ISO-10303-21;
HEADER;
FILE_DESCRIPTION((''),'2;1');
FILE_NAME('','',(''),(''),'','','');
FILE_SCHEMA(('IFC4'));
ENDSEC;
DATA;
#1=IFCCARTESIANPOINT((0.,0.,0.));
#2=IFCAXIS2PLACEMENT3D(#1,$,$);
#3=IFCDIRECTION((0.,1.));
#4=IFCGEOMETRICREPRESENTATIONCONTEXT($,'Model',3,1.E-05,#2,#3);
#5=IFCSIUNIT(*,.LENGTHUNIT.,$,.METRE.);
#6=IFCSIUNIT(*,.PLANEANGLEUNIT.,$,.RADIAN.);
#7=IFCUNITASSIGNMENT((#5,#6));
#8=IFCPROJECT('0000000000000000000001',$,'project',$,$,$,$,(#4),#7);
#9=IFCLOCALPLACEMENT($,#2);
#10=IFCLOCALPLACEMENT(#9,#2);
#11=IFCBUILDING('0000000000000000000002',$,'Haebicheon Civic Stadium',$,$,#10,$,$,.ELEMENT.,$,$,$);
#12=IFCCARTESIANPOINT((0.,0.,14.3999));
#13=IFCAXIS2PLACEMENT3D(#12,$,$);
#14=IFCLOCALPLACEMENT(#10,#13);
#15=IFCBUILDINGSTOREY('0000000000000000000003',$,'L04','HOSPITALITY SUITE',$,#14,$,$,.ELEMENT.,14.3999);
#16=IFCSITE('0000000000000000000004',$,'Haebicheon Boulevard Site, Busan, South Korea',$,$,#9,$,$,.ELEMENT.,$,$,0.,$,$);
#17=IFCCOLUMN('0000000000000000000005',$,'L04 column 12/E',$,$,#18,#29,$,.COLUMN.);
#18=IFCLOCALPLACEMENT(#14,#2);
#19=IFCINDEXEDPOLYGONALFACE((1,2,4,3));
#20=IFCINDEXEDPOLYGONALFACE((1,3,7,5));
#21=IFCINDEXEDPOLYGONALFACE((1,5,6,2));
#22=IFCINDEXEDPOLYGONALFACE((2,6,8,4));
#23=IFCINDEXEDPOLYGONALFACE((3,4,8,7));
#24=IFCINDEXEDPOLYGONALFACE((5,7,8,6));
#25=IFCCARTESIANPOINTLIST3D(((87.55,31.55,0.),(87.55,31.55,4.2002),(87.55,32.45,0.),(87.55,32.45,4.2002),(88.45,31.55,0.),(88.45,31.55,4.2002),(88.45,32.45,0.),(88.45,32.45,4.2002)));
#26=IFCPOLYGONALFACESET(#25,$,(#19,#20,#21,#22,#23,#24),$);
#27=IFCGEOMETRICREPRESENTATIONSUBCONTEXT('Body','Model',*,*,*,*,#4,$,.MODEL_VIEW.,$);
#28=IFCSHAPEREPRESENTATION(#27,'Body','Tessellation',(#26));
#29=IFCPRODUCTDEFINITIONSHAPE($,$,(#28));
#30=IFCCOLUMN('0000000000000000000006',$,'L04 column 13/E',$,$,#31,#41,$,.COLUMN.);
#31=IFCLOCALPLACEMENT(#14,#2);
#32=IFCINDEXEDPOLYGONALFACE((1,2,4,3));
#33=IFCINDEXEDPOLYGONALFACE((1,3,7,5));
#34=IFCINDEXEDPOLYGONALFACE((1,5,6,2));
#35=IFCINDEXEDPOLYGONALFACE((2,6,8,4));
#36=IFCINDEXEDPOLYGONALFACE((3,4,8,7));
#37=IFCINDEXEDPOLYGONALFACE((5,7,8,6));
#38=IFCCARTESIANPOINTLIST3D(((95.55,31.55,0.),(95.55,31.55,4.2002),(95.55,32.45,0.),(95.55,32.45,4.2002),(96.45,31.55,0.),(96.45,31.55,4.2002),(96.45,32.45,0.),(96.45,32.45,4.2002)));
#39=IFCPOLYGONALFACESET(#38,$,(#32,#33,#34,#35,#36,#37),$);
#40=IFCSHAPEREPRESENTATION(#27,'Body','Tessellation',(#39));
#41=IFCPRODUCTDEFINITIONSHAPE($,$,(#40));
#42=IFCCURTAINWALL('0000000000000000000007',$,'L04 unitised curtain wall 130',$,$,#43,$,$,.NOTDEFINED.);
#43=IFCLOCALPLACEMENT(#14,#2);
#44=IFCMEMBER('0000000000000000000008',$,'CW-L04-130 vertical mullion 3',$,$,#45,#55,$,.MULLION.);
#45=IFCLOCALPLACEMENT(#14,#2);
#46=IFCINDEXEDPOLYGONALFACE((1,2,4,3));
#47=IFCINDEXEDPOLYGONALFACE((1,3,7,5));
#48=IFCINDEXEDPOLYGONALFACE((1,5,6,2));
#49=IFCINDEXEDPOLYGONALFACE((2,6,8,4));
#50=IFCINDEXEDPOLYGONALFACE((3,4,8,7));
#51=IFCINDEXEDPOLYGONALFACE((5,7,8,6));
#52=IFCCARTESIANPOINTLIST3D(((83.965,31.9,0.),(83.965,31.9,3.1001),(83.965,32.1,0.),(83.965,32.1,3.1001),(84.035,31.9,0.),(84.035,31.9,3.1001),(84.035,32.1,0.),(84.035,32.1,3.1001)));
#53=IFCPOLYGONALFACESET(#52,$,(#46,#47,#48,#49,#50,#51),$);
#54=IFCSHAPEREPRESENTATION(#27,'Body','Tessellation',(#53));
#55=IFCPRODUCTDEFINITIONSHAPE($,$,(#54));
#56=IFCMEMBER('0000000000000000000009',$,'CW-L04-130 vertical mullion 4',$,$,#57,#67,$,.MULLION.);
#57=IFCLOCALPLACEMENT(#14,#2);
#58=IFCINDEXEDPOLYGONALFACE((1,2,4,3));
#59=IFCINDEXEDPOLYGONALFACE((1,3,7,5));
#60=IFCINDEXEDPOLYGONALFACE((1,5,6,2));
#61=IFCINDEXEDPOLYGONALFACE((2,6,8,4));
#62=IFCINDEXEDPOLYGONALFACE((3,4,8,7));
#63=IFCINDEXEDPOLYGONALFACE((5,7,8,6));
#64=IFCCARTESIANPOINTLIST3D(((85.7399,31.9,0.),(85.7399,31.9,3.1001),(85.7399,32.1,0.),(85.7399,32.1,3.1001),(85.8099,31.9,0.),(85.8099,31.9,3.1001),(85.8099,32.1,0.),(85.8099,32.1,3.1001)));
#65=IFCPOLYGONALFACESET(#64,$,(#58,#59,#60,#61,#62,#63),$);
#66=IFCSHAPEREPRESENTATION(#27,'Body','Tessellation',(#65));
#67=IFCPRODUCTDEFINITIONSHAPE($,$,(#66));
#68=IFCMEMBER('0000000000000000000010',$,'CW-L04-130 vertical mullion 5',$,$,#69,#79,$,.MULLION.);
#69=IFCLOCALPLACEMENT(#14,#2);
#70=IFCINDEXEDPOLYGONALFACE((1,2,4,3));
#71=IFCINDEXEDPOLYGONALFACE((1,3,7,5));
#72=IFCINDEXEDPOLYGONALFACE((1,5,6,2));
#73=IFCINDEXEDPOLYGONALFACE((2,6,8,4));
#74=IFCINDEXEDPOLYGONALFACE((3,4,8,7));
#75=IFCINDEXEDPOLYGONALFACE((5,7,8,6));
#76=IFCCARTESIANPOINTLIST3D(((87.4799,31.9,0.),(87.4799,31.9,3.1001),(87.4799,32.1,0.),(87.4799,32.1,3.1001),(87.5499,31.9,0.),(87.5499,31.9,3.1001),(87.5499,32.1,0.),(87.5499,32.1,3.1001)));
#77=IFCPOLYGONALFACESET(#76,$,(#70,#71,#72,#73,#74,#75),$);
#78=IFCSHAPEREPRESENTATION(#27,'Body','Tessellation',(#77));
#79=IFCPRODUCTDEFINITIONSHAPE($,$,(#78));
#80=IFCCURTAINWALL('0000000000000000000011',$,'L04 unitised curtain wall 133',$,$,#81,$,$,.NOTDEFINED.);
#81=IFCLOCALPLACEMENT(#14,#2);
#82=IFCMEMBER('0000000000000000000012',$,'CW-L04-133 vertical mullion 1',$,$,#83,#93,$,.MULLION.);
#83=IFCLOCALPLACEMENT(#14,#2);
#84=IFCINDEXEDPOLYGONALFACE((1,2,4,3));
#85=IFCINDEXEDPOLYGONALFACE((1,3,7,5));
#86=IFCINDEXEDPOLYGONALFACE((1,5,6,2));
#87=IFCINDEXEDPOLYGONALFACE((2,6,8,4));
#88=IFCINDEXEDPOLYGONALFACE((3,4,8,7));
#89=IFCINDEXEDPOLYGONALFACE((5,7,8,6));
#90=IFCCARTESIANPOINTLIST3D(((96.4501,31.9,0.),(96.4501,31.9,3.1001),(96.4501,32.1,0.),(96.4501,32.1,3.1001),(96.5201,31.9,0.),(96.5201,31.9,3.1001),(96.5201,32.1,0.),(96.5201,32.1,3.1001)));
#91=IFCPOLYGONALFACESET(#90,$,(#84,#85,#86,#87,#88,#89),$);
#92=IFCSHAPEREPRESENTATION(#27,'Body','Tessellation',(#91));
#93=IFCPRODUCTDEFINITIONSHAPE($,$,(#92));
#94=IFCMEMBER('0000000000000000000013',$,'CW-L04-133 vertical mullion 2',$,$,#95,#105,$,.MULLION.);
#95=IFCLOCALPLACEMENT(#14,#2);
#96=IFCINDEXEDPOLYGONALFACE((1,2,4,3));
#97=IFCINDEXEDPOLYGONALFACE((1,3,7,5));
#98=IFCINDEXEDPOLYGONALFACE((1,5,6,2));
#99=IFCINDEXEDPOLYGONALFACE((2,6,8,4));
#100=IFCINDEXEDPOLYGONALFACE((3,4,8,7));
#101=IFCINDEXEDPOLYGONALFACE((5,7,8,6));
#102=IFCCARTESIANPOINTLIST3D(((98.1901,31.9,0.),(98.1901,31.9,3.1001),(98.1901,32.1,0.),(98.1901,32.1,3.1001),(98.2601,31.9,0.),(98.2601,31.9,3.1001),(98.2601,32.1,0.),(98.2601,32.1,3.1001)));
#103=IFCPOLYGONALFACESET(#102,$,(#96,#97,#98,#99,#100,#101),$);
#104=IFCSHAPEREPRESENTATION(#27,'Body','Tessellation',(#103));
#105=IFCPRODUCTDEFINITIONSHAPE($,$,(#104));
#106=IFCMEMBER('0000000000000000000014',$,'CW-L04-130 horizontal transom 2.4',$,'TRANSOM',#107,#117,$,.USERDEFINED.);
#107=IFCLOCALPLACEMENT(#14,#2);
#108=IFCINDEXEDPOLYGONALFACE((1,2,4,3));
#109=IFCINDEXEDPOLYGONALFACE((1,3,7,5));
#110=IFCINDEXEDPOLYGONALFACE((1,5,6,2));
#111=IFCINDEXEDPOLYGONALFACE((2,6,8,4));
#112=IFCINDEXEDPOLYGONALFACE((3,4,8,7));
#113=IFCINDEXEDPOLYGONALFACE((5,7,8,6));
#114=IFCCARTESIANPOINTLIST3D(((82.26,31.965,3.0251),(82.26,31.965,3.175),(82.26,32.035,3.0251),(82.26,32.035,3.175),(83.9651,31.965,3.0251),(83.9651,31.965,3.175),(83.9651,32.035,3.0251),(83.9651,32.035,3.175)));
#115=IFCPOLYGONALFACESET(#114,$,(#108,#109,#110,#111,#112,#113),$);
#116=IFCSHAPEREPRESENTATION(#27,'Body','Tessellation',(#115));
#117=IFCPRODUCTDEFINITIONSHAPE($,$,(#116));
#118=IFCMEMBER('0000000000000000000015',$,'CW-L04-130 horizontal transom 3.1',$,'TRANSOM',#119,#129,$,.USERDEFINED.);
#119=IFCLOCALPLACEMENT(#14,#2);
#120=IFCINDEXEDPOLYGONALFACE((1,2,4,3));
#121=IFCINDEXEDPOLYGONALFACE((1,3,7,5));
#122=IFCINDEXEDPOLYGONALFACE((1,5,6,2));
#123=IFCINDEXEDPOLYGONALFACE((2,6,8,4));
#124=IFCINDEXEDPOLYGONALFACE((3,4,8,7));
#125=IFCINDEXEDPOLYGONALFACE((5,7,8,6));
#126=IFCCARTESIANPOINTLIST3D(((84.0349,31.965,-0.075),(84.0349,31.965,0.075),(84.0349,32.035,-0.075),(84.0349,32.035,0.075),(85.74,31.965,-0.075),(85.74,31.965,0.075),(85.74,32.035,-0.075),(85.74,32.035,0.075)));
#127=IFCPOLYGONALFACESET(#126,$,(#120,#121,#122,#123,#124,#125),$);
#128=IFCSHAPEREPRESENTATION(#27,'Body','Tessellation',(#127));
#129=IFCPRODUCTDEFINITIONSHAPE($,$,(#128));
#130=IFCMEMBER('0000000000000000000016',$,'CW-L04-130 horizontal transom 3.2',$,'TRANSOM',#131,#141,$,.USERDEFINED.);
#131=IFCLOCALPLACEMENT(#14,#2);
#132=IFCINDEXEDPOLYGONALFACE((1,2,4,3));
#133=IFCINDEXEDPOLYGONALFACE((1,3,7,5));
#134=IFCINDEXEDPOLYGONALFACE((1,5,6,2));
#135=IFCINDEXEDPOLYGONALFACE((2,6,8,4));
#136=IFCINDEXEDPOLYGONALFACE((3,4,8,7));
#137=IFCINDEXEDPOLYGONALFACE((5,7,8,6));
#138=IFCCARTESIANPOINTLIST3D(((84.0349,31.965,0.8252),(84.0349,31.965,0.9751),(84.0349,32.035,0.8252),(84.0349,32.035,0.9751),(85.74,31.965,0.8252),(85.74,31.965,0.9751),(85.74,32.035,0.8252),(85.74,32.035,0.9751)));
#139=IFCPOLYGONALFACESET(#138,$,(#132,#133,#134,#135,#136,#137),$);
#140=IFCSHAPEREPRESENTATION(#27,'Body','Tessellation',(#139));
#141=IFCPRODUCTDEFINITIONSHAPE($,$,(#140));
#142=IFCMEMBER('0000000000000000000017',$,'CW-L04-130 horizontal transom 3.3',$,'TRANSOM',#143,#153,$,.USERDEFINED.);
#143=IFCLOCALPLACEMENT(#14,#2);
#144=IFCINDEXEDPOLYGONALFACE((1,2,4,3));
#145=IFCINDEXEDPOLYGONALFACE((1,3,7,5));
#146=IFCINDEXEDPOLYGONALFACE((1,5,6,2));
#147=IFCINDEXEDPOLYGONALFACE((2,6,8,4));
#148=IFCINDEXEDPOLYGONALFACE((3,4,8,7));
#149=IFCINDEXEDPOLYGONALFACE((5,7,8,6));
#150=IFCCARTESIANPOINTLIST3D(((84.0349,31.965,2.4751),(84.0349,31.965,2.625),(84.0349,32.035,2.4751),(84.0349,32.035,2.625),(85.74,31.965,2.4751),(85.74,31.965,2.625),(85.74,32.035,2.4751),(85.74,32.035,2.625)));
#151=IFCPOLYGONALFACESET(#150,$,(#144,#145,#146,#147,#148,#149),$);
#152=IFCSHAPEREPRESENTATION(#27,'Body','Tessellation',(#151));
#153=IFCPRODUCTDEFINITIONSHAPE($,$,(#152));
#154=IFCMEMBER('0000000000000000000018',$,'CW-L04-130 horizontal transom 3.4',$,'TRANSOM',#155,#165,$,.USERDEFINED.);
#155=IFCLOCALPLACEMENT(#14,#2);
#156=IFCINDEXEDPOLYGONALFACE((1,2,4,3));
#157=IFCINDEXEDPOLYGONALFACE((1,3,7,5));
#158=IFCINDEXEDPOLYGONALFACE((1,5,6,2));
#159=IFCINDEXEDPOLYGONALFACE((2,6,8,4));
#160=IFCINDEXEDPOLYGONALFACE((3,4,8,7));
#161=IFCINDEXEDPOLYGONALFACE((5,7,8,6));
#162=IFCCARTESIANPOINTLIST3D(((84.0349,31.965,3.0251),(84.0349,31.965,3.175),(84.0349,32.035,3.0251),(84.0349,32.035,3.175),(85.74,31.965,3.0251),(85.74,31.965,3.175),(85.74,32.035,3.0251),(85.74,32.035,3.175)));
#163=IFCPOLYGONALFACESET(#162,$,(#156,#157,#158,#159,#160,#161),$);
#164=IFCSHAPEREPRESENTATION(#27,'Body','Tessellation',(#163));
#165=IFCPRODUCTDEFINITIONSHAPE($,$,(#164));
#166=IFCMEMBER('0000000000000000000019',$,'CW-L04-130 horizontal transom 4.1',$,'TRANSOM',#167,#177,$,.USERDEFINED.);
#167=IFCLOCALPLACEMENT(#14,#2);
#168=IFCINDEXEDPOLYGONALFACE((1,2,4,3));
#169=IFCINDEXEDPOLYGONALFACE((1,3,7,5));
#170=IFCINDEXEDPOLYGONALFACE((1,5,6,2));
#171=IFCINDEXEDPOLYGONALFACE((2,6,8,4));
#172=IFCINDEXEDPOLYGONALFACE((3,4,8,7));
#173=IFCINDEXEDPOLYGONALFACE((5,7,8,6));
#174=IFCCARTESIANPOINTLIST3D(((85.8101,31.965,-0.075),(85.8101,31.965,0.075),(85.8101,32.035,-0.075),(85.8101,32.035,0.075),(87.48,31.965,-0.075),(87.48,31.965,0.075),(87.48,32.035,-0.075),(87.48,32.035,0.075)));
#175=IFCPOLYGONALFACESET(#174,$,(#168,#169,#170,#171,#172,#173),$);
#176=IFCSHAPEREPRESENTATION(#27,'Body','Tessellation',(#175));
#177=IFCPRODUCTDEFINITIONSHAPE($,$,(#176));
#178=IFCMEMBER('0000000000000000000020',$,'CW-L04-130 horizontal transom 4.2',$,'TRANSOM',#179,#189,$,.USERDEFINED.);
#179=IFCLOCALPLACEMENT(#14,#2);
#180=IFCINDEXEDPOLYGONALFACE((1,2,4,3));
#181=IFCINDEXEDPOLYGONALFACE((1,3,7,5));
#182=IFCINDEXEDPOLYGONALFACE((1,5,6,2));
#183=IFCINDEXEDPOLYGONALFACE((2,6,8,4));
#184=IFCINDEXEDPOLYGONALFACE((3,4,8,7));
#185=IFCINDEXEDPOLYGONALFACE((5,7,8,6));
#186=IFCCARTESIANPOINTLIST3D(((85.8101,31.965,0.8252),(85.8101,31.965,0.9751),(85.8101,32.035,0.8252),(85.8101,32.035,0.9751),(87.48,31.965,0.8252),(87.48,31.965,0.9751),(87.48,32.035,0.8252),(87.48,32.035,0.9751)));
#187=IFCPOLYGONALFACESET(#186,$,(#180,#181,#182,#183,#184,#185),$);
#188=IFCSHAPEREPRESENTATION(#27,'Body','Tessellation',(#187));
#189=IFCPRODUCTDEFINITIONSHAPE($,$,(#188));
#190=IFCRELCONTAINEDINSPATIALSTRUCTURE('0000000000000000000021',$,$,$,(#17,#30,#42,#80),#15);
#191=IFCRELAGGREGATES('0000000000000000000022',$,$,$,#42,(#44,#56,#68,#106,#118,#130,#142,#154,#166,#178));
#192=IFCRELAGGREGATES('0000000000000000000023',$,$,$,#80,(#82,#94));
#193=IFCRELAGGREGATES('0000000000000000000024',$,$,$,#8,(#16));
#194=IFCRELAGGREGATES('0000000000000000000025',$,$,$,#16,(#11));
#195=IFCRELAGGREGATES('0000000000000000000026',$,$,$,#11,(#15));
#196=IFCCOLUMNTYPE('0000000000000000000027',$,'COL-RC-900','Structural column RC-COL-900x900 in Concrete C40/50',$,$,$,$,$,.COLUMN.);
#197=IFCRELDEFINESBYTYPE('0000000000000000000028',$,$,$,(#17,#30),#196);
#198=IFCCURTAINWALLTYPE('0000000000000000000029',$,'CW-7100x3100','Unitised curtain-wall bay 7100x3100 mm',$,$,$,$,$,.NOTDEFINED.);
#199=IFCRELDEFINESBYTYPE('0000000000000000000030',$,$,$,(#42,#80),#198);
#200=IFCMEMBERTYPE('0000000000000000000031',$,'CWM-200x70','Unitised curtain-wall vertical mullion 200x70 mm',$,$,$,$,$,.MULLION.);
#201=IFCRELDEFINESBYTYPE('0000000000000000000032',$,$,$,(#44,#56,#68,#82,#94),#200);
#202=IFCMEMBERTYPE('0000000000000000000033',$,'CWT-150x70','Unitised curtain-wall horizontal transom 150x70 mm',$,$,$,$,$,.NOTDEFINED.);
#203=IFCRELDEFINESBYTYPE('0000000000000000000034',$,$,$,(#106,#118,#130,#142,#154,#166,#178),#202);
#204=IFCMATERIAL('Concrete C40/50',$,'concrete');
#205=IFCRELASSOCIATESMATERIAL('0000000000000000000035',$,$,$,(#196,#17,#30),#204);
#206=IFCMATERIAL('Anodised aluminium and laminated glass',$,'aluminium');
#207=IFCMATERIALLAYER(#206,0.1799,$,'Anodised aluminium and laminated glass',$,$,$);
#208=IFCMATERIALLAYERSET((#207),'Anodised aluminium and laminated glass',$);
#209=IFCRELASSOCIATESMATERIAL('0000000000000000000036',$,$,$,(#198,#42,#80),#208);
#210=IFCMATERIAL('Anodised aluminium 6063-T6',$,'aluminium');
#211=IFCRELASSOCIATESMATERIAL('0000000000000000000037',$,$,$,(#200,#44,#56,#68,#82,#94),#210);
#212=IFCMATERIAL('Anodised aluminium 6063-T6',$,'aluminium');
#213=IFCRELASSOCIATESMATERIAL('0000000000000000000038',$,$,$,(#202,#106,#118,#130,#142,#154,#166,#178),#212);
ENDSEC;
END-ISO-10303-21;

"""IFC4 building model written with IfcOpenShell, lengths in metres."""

from ifc_helpers import new_model, si_unit, direction, frame, origin, origin_2d, place, context, subcontext, project, spatial, rectangle, extrude, material, layer, layer_set, material_profile, profile_set, type_object, element, aggregate, save


model = new_model("IFC4")

# Units and contexts
model_context = context("Model", 3, precision=1e-05, world=origin(), true_north=direction((0.0, 1.0)))
body_context = subcontext(model_context, "Body", "Model", "MODEL_VIEW")
ifc_project = project(units=[si_unit("LENGTHUNIT", "METRE"), si_unit("PLANEANGLEUNIT", "RADIAN")], contexts=[model_context])

# Site, building, storey
site_placement = place(None, origin())
site = spatial("IfcSite", under=ifc_project, at=site_placement, Name="Haebicheon Boulevard Site, Busan, South Korea", CompositionType="ELEMENT", RefElevation=0.0)
building_placement = place(site_placement, origin())
building = spatial("IfcBuilding", under=site, at=building_placement, Name="Haebicheon Civic Stadium", CompositionType="ELEMENT")
storey_placement = place(building_placement, frame((0.0, 0.0, 14.3999)))
storey = spatial("IfcBuildingStorey", under=building, at=storey_placement, Name="L04", Description="HOSPITALITY SUITE", CompositionType="ELEMENT", Elevation=14.3999)

# Columns
ifc_material_1 = material(Name="Concrete C40/50", Category="concrete")
ifc_material_profile_1 = material_profile(ifc_material_1, rectangle(XDim=0.8999, YDim=0.8999, at=origin_2d()), Name="RC-COL-900x900")
ifc_profile_set_1 = profile_set([ifc_material_profile_1], Name="Concrete C40/50")
column_type = type_object("IfcColumnType", Name="COL-RC-900", Description="Structural column RC-COL-900x900 in Concrete C40/50", PredefinedType="COLUMN", material=ifc_profile_set_1)
for number, where, z_axis, x_axis, name in (
    (1, (88.0, 32.0, 0.0), (0.0, 0.0, 1.0), (1.0, 0.0, 0.0), "L04 column 12/E"),
    (2, (96.0, 32.0, 0.0), (0.0, 0.0, 1.0), (1.0, 0.0, 0.0), "L04 column 13/E"),
):
    element("IfcColumn", number, at=place(storey_placement, frame(where, z_axis=z_axis, x_axis=x_axis)), inside=storey, type_object=column_type, material=ifc_profile_set_1, Name=name, PredefinedType="COLUMN", context=body_context, shape_type="SweptSolid", body=[
        extrude(rectangle(XDim=0.8999, YDim=0.8999, at=origin_2d()), origin(), (0.0, 0.0, 1.0), 4.2002),
    ])

# Curtain walls, members
ifc_material_2 = material(Name="Anodised aluminium and laminated glass", Category="aluminium")
ifc_layer_1 = layer(ifc_material_2, 0.1799, Name="Anodised aluminium and laminated glass")
ifc_layer_set_1 = layer_set([ifc_layer_1], Name="Anodised aluminium and laminated glass")
curtain_wall_type = type_object("IfcCurtainWallType", Name="CW-7100x3100", Description="Unitised curtain-wall bay 7100x3100 mm", PredefinedType="NOTDEFINED", material=ifc_layer_set_1)
curtain_wall_1_placement = place(storey_placement, origin())
curtain_wall_1 = element("IfcCurtainWall", 3, at=curtain_wall_1_placement, inside=storey, type_object=curtain_wall_type, material=ifc_layer_set_1, Name="L04 unitised curtain wall 130", PredefinedType="NOTDEFINED")
ifc_material_3 = material(Name="Anodised aluminium 6063-T6", Category="aluminium")
ifc_material_profile_2 = material_profile(ifc_material_3, rectangle(XDim=0.0701, YDim=0.2, at=origin_2d()), Name="ALU-MULL-70x200")
ifc_profile_set_2 = profile_set([ifc_material_profile_2], Name="Anodised aluminium 6063-T6")
member_type_1 = type_object("IfcMemberType", Name="CWM-200x70", Description="Unitised curtain-wall vertical mullion 200x70 mm", PredefinedType="MULLION", material=ifc_profile_set_2)
member_1_placement = place(storey_placement, frame((84.0, 32.0, 0.0), z_axis=(0.0, 0.0, 1.0), x_axis=(1.0, 0.0, 0.0)))
member_1 = element("IfcMember", 4, at=member_1_placement, type_object=member_type_1, material=ifc_profile_set_2, Name="CW-L04-130 vertical mullion 3", PredefinedType="MULLION", context=body_context, shape_type="SweptSolid", body=[
    extrude(rectangle(XDim=0.0701, YDim=0.2, at=origin_2d()), origin(), (0.0, 0.0, 1.0), 3.1001),
])
member_2_placement = place(storey_placement, frame((85.7749, 32.0, 0.0), z_axis=(0.0, 0.0, 1.0), x_axis=(1.0, 0.0, 0.0)))
member_2 = element("IfcMember", 5, at=member_2_placement, type_object=member_type_1, material=ifc_profile_set_2, Name="CW-L04-130 vertical mullion 4", PredefinedType="MULLION", context=body_context, shape_type="SweptSolid", body=[
    extrude(rectangle(XDim=0.0701, YDim=0.2, at=origin_2d()), origin(), (0.0, 0.0, 1.0), 3.1001),
])
member_3_placement = place(storey_placement, frame((87.5149, 32.0, 0.0), z_axis=(0.0, 0.0, 1.0), x_axis=(1.0, 0.0, 0.0)))
member_3 = element("IfcMember", 6, at=member_3_placement, type_object=member_type_1, material=ifc_profile_set_2, Name="CW-L04-130 vertical mullion 5", PredefinedType="MULLION", context=body_context, shape_type="SweptSolid", body=[
    extrude(rectangle(XDim=0.0701, YDim=0.2, at=origin_2d()), origin(), (0.0, 0.0, 1.0), 3.1001),
])
curtain_wall_2_placement = place(storey_placement, origin())
curtain_wall_2 = element("IfcCurtainWall", 7, at=curtain_wall_2_placement, inside=storey, type_object=curtain_wall_type, material=ifc_layer_set_1, Name="L04 unitised curtain wall 133", PredefinedType="NOTDEFINED")
member_4_placement = place(storey_placement, frame((96.4851, 32.0, 0.0), z_axis=(0.0, 0.0, 1.0), x_axis=(1.0, 0.0, 0.0)))
member_4 = element("IfcMember", 8, at=member_4_placement, type_object=member_type_1, material=ifc_profile_set_2, Name="CW-L04-133 vertical mullion 1", PredefinedType="MULLION", context=body_context, shape_type="SweptSolid", body=[
    extrude(rectangle(XDim=0.0701, YDim=0.2, at=origin_2d()), origin(), (0.0, 0.0, 1.0), 3.1001),
])
member_5_placement = place(storey_placement, frame((98.2251, 32.0, 0.0), z_axis=(0.0, 0.0, 1.0), x_axis=(1.0, 0.0, 0.0)))
member_5 = element("IfcMember", 9, at=member_5_placement, type_object=member_type_1, material=ifc_profile_set_2, Name="CW-L04-133 vertical mullion 2", PredefinedType="MULLION", context=body_context, shape_type="SweptSolid", body=[
    extrude(rectangle(XDim=0.0701, YDim=0.2, at=origin_2d()), origin(), (0.0, 0.0, 1.0), 3.1001),
])

# Members
ifc_material_4 = material(Name="Anodised aluminium 6063-T6", Category="aluminium")
ifc_material_profile_3 = material_profile(ifc_material_4, rectangle(XDim=0.0701, YDim=0.1499, at=origin_2d()), Name="ALU-TRAN-70x150")
ifc_profile_set_3 = profile_set([ifc_material_profile_3], Name="Anodised aluminium 6063-T6")
member_type_2 = type_object("IfcMemberType", Name="CWT-150x70", Description="Unitised curtain-wall horizontal transom 150x70 mm", PredefinedType="NOTDEFINED", material=ifc_profile_set_3)
member_6_placement = place(storey_placement, frame((82.26, 32.0, 3.1001), z_axis=(1.0, 0.0, 0.0), x_axis=(0.0, 1.0, 0.0)))
member_6 = element("IfcMember", 10, at=member_6_placement, type_object=member_type_2, material=ifc_profile_set_3, Name="CW-L04-130 horizontal transom 2.4", ObjectType="TRANSOM", PredefinedType="USERDEFINED", context=body_context, shape_type="SweptSolid", body=[
    extrude(rectangle(XDim=0.0701, YDim=0.1499, at=origin_2d()), origin(), (0.0, 0.0, 1.0), 1.7051),
])
member_7_placement = place(storey_placement, frame((84.0349, 32.0, 0.0), z_axis=(1.0, 0.0, 0.0), x_axis=(0.0, 1.0, 0.0)))
member_7 = element("IfcMember", 11, at=member_7_placement, type_object=member_type_2, material=ifc_profile_set_3, Name="CW-L04-130 horizontal transom 3.1", ObjectType="TRANSOM", PredefinedType="USERDEFINED", context=body_context, shape_type="SweptSolid", body=[
    extrude(rectangle(XDim=0.0701, YDim=0.1499, at=origin_2d()), origin(), (0.0, 0.0, 1.0), 1.7051),
])
member_8_placement = place(storey_placement, frame((84.0349, 32.0, 0.9001), z_axis=(1.0, 0.0, 0.0), x_axis=(0.0, 1.0, 0.0)))
member_8 = element("IfcMember", 12, at=member_8_placement, type_object=member_type_2, material=ifc_profile_set_3, Name="CW-L04-130 horizontal transom 3.2", ObjectType="TRANSOM", PredefinedType="USERDEFINED", context=body_context, shape_type="SweptSolid", body=[
    extrude(rectangle(XDim=0.0701, YDim=0.1499, at=origin_2d()), origin(), (0.0, 0.0, 1.0), 1.7051),
])
member_9_placement = place(storey_placement, frame((84.0349, 32.0, 2.55), z_axis=(1.0, 0.0, 0.0), x_axis=(0.0, 1.0, 0.0)))
member_9 = element("IfcMember", 13, at=member_9_placement, type_object=member_type_2, material=ifc_profile_set_3, Name="CW-L04-130 horizontal transom 3.3", ObjectType="TRANSOM", PredefinedType="USERDEFINED", context=body_context, shape_type="SweptSolid", body=[
    extrude(rectangle(XDim=0.0701, YDim=0.1499, at=origin_2d()), origin(), (0.0, 0.0, 1.0), 1.7051),
])
member_10_placement = place(storey_placement, frame((84.0349, 32.0, 3.1001), z_axis=(1.0, 0.0, 0.0), x_axis=(0.0, 1.0, 0.0)))
member_10 = element("IfcMember", 14, at=member_10_placement, type_object=member_type_2, material=ifc_profile_set_3, Name="CW-L04-130 horizontal transom 3.4", ObjectType="TRANSOM", PredefinedType="USERDEFINED", context=body_context, shape_type="SweptSolid", body=[
    extrude(rectangle(XDim=0.0701, YDim=0.1499, at=origin_2d()), origin(), (0.0, 0.0, 1.0), 1.7051),
])
member_11_placement = place(storey_placement, frame((85.8101, 32.0, 0.0), z_axis=(1.0, 0.0, 0.0), x_axis=(0.0, 1.0, 0.0)))
member_11 = element("IfcMember", 15, at=member_11_placement, type_object=member_type_2, material=ifc_profile_set_3, Name="CW-L04-130 horizontal transom 4.1", ObjectType="TRANSOM", PredefinedType="USERDEFINED", context=body_context, shape_type="SweptSolid", body=[
    extrude(rectangle(XDim=0.0701, YDim=0.1499, at=origin_2d()), origin(), (0.0, 0.0, 1.0), 1.6699),
])
member_12_placement = place(storey_placement, frame((85.8101, 32.0, 0.9001), z_axis=(1.0, 0.0, 0.0), x_axis=(0.0, 1.0, 0.0)))
member_12 = element("IfcMember", 16, at=member_12_placement, type_object=member_type_2, material=ifc_profile_set_3, Name="CW-L04-130 horizontal transom 4.2", ObjectType="TRANSOM", PredefinedType="USERDEFINED", context=body_context, shape_type="SweptSolid", body=[
    extrude(rectangle(XDim=0.0701, YDim=0.1499, at=origin_2d()), origin(), (0.0, 0.0, 1.0), 1.6699),
])

aggregate(curtain_wall_1, [member_1, member_2, member_3, member_6, member_7, member_8, member_9, member_10, member_11, member_12])
aggregate(curtain_wall_2, [member_4, member_5])

save(model, "model.ifc")
